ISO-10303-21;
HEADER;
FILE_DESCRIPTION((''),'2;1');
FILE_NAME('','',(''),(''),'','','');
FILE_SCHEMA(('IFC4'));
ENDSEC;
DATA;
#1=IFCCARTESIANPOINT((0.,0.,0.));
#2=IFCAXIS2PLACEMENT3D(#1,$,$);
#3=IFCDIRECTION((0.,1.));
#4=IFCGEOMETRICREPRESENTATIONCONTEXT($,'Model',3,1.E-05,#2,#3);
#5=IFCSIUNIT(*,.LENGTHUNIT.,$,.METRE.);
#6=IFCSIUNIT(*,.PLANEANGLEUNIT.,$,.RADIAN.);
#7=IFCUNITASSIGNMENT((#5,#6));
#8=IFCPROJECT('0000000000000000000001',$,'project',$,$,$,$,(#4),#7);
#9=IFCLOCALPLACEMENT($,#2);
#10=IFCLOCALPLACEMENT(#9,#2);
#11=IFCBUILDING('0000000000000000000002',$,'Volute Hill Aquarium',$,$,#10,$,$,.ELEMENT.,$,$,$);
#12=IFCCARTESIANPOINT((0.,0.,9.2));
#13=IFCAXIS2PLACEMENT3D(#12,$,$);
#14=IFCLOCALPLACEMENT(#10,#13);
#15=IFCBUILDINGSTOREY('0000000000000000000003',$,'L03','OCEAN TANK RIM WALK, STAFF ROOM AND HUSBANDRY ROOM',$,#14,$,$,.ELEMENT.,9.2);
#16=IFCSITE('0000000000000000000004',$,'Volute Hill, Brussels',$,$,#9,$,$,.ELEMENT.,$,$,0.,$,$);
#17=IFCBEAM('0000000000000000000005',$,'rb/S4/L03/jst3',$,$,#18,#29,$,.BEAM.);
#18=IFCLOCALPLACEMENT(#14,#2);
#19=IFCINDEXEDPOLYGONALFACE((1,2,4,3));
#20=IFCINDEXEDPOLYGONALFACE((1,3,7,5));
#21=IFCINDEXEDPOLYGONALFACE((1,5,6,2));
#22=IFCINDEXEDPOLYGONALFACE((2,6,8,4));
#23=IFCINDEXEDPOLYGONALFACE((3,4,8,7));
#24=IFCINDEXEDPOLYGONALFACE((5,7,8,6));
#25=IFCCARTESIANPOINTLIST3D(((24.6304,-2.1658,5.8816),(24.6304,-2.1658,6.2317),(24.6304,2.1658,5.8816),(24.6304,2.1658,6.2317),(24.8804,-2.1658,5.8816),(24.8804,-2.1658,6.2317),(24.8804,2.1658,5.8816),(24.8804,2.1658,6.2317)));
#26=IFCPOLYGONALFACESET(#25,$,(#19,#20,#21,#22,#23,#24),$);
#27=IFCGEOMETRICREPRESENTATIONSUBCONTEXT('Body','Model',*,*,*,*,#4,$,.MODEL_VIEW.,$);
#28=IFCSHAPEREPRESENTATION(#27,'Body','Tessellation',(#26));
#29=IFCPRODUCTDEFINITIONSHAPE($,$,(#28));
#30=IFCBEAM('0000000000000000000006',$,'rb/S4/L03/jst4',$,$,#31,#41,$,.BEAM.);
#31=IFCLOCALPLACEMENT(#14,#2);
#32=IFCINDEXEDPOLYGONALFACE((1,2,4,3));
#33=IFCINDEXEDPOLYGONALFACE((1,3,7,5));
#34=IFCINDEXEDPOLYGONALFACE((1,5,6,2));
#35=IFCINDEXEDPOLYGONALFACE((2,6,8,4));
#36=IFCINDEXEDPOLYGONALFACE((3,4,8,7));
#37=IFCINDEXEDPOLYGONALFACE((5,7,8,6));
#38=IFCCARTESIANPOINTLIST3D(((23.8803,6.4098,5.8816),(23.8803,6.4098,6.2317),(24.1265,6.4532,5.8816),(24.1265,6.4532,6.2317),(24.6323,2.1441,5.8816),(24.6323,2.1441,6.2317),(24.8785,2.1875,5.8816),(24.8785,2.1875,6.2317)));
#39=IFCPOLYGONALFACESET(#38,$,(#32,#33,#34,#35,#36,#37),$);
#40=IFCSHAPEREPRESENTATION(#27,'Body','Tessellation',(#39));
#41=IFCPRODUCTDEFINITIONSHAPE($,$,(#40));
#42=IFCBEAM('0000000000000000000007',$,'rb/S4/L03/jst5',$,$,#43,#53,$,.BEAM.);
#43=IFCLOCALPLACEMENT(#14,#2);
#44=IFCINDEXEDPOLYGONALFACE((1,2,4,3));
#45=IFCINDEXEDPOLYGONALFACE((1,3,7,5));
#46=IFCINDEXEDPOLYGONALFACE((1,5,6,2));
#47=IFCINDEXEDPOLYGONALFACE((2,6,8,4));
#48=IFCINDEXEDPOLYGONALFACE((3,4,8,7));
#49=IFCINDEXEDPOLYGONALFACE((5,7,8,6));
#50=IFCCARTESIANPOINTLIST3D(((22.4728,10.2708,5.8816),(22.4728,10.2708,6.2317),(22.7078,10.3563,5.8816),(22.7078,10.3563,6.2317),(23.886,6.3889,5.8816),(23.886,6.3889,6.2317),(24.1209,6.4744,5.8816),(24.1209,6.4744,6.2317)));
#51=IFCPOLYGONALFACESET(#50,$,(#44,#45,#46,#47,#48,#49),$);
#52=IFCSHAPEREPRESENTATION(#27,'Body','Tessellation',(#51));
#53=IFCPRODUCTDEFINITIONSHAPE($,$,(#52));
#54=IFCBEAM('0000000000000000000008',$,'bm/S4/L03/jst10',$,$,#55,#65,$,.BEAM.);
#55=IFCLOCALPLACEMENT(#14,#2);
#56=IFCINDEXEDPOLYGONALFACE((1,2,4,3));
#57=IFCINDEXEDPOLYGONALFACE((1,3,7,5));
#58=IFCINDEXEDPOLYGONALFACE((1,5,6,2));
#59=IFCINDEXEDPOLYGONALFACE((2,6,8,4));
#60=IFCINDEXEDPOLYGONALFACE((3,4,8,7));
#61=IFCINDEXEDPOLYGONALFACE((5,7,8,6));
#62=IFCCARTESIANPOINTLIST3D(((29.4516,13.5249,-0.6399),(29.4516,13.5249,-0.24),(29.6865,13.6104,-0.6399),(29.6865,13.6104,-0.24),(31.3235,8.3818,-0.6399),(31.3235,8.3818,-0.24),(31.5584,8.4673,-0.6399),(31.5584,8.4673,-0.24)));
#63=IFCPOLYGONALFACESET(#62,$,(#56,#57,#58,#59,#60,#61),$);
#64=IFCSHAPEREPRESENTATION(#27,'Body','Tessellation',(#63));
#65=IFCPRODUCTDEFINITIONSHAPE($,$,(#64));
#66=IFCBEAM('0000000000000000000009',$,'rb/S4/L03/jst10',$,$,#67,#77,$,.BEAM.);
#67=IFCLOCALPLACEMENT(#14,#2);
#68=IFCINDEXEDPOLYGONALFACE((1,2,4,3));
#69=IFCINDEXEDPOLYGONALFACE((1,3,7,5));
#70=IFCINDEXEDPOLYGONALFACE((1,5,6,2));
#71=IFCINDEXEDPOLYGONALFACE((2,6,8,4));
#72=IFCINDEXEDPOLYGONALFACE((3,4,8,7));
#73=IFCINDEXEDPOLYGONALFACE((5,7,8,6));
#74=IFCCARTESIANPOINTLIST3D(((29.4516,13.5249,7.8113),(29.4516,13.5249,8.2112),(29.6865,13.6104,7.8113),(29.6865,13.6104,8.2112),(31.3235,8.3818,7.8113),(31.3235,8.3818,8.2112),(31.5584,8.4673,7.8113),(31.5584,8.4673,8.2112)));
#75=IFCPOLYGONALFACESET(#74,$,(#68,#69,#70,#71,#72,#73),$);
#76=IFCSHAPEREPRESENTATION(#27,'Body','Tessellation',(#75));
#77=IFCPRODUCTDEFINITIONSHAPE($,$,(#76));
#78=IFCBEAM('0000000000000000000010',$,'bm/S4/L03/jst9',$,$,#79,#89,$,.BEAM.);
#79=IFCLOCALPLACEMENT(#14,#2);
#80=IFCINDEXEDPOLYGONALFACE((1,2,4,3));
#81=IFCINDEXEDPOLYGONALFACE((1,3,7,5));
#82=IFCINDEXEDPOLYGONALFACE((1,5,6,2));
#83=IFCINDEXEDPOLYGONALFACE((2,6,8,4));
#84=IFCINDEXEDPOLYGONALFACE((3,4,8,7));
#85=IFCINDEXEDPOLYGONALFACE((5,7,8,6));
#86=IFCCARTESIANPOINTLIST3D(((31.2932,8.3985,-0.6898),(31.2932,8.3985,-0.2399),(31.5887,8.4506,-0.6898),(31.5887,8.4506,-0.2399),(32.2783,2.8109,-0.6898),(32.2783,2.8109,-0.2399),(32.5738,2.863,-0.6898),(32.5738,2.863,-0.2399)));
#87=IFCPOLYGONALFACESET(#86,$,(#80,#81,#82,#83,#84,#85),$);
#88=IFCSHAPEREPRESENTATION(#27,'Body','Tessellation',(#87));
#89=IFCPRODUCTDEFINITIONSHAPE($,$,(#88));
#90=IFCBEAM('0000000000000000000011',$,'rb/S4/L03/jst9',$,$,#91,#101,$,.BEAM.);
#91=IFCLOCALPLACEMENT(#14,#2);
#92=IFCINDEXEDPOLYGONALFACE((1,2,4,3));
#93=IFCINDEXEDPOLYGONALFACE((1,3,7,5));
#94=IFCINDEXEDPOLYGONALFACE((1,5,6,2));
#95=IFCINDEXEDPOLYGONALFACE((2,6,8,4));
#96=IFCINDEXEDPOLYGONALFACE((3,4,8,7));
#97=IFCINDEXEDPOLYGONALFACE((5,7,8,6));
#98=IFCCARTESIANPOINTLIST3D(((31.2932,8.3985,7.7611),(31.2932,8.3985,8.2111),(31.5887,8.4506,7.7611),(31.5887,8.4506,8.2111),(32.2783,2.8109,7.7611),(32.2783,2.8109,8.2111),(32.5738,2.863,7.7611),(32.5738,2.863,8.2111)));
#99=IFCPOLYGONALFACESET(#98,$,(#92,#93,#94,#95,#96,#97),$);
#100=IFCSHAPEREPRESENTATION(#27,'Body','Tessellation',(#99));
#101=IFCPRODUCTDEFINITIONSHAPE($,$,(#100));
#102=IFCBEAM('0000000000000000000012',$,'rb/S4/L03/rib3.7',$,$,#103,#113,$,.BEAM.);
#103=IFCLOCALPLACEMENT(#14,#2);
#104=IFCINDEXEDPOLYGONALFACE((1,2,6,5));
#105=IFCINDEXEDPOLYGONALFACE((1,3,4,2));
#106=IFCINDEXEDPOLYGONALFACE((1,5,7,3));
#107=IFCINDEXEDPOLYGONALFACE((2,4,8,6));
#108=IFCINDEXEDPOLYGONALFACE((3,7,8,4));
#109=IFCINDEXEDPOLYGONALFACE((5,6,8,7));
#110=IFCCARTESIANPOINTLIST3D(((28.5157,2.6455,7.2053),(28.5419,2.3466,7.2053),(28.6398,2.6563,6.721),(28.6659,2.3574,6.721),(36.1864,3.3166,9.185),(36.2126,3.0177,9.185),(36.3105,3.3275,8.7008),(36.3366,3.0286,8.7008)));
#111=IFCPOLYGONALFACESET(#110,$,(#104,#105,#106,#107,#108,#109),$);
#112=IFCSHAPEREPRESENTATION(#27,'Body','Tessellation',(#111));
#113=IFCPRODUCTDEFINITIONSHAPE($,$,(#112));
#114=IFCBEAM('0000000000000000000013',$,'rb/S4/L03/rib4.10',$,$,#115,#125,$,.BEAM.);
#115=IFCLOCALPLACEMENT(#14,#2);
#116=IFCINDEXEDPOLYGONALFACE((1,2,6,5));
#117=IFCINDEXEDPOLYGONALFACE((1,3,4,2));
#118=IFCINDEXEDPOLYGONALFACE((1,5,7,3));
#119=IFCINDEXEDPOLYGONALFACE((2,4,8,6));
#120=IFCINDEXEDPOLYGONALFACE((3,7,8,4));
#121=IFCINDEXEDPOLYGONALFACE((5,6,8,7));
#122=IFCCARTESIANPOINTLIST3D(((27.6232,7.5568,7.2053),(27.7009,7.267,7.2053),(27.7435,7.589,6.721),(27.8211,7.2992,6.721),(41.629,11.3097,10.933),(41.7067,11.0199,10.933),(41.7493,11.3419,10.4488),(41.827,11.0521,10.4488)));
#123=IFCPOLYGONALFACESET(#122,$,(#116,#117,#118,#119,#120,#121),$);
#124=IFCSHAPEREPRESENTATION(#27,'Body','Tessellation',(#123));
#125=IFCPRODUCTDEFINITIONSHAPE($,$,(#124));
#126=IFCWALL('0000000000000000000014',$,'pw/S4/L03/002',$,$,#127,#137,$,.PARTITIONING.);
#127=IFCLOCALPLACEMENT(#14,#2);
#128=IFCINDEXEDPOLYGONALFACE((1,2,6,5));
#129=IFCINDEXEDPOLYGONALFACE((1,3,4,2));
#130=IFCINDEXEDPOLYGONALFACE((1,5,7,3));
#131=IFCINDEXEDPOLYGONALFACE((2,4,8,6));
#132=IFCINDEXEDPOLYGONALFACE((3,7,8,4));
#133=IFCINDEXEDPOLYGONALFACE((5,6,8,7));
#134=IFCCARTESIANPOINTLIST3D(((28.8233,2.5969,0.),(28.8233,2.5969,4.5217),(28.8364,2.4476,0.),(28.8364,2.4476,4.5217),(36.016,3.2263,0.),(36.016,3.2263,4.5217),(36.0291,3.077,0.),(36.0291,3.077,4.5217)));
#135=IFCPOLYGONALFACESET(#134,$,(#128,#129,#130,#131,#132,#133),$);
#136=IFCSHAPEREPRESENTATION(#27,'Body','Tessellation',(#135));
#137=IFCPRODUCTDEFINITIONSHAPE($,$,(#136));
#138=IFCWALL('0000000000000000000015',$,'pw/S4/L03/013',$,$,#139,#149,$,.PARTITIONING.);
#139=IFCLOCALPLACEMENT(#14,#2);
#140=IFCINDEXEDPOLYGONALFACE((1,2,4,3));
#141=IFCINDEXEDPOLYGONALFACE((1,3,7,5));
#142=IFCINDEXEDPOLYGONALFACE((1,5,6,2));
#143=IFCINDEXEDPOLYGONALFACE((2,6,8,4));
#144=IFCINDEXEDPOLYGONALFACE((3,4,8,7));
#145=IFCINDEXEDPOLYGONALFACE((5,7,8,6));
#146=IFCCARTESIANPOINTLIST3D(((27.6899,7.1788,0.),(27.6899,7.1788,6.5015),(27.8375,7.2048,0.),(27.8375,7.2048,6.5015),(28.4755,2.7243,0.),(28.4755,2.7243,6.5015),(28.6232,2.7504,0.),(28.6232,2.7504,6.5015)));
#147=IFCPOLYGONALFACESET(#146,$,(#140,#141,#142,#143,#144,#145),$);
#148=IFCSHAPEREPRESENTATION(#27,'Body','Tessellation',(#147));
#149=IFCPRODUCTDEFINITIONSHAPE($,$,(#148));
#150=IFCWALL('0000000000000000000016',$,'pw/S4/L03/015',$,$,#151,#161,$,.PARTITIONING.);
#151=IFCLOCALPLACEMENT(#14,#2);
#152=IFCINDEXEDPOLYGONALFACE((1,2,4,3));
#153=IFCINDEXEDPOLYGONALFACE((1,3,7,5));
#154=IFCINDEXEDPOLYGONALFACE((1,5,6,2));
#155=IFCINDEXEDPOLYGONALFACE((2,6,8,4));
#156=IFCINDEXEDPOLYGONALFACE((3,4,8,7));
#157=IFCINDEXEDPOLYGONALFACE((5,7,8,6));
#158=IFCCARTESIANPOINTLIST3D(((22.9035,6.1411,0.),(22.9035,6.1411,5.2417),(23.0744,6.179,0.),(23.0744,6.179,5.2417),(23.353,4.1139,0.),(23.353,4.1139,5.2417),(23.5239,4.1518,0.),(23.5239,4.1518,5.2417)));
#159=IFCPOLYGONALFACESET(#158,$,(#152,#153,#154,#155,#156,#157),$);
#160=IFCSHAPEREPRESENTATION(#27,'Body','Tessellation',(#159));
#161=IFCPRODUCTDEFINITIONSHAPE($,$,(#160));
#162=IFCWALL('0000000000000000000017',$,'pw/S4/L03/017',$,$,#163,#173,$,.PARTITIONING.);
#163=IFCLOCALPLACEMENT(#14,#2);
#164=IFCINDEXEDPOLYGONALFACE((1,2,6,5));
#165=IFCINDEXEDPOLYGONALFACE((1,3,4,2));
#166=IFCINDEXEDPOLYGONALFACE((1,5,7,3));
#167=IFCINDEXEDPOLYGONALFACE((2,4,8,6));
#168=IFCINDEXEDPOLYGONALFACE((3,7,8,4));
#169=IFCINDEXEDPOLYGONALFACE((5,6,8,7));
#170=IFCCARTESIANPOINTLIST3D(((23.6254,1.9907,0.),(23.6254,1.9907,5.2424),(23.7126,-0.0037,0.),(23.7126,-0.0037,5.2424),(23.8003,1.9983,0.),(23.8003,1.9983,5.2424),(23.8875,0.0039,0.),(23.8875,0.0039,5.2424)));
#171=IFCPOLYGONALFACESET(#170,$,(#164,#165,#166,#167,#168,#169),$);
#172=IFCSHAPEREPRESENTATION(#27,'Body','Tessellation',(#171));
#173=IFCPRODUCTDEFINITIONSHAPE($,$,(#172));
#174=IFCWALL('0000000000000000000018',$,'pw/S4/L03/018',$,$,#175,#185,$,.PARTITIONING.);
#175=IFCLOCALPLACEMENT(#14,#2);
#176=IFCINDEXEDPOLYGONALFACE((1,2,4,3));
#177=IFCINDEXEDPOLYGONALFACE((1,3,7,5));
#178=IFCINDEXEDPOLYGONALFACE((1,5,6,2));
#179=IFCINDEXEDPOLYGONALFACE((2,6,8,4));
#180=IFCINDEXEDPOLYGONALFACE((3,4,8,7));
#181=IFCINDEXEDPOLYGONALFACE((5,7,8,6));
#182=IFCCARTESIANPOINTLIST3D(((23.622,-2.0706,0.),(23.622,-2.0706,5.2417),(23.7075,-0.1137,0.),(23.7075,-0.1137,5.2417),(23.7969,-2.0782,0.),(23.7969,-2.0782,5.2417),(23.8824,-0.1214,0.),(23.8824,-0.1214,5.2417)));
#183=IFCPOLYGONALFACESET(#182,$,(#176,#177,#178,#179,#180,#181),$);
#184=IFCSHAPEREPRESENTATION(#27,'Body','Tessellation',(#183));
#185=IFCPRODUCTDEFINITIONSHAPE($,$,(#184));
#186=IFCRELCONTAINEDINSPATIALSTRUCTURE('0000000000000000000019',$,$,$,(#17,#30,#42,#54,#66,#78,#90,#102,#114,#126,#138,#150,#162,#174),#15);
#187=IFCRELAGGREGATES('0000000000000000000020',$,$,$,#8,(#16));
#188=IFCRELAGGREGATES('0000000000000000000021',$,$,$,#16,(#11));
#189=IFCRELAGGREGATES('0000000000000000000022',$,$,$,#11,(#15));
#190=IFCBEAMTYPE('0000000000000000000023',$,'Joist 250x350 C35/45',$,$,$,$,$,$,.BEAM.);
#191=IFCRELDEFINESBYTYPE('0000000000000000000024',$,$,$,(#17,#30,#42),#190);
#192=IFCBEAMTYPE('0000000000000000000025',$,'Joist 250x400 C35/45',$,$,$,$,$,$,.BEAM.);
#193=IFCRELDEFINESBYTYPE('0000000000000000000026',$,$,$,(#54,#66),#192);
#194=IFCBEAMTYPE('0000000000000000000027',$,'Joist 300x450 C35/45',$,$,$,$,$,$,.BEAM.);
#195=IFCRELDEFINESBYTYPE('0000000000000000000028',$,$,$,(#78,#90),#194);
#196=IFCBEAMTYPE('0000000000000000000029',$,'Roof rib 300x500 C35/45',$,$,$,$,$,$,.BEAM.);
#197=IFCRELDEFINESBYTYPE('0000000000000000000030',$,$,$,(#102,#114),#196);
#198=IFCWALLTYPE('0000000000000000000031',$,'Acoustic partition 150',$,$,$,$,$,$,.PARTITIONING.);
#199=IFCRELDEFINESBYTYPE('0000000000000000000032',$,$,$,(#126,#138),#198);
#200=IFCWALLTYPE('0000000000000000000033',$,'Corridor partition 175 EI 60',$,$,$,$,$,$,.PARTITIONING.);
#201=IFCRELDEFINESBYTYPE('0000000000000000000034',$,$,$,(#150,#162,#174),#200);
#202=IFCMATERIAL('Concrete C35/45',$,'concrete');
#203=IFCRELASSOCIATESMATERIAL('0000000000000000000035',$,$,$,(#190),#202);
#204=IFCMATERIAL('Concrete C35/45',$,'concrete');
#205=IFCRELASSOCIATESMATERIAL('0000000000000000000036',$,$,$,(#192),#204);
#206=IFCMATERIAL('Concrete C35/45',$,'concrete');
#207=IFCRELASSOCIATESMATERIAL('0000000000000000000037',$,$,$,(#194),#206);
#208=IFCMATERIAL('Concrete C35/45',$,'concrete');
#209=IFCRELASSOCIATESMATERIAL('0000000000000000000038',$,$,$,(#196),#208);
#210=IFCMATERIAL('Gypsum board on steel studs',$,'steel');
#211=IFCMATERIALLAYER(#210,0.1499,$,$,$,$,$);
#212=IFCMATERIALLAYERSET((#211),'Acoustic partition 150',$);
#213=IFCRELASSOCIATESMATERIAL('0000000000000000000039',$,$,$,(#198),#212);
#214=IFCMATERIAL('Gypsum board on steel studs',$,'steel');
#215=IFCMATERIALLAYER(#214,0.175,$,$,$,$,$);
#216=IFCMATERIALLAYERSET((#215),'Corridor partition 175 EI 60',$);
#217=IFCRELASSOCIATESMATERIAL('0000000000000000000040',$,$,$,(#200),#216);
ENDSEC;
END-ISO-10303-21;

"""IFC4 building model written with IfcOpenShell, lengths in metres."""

from ifc_helpers import new_model, si_unit, direction, frame, frame_2d, origin, origin_2d, place, context, subcontext, project, spatial, rectangle, extrude, material, layer, layer_set, material_profile, profile_set, type_object, element, save


model = new_model("IFC4")

# Units and contexts
model_context = context("Model", 3, precision=1e-05, world=origin(), true_north=direction((0.0, 1.0)))
body_context = subcontext(model_context, "Body", "Model", "MODEL_VIEW")
ifc_project = project(units=[si_unit("LENGTHUNIT", "METRE"), si_unit("PLANEANGLEUNIT", "RADIAN")], contexts=[model_context])

# Site, building, storey
site_placement = place(None, origin())
site = spatial("IfcSite", under=ifc_project, at=site_placement, Name="Volute Hill, Brussels", CompositionType="ELEMENT", RefElevation=0.0)
building_placement = place(site_placement, origin())
building = spatial("IfcBuilding", under=site, at=building_placement, Name="Volute Hill Aquarium", CompositionType="ELEMENT")
storey_placement = place(building_placement, frame((0.0, 0.0, 9.2)))
storey = spatial("IfcBuildingStorey", under=building, at=storey_placement, Name="L03", Description="OCEAN TANK RIM WALK, STAFF ROOM AND HUSBANDRY ROOM", CompositionType="ELEMENT", Elevation=9.2)

# Beams
ifc_material_1 = material(Name="Concrete C35/45", Category="concrete")
ifc_material_profile_1 = material_profile(ifc_material_1, rectangle(XDim=0.25, YDim=0.3501, at=origin_2d()), Name="RC joist 250x350")
ifc_profile_set_1 = profile_set([ifc_material_profile_1], Name="Concrete C35/45")
beam_type_1 = type_object("IfcBeamType", Name="Joist 250x350 C35/45", PredefinedType="BEAM", material=ifc_profile_set_1)
for number, where, z_axis, x_axis, name in (
    (1, (24.7554, -2.1658, 6.0566), (0.0, 1.0, 0.0), (-1.0, 0.0, 0.0), "rb/S4/L03/jst3"),
    (2, (24.7554, 2.1658, 6.0566), (-0.173596, 0.984817, 0.0), (-0.984817, -0.173596, 0.0), "rb/S4/L03/jst4"),
):
    element("IfcBeam", number, at=place(storey_placement, frame(where, z_axis=z_axis, x_axis=x_axis)), inside=storey, type_object=beam_type_1, Name=name, PredefinedType="BEAM", context=body_context, shape_type="SweptSolid", body=[
        extrude(rectangle(XDim=0.25, YDim=0.3501, at=origin_2d()), origin(), (0.0, 0.0, 1.0), 4.3315),
    ])
beam_1_placement = place(storey_placement, frame((24.0034, 6.4316, 6.0566), z_axis=(-0.342066, 0.939676, 0.0), x_axis=(-0.939676, -0.342066, 0.0)))
element("IfcBeam", 3, at=beam_1_placement, inside=storey, type_object=beam_type_1, Name="rb/S4/L03/jst5", PredefinedType="BEAM", context=body_context, shape_type="SweptSolid", body=[
    extrude(rectangle(XDim=0.25, YDim=0.3501, at=origin_2d()), origin(), (0.0, 0.0, 1.0), 4.1311),
])
ifc_material_2 = material(Name="Concrete C35/45", Category="concrete")
ifc_material_profile_2 = material_profile(ifc_material_2, rectangle(XDim=0.25, YDim=0.3999, at=origin_2d()), Name="RC joist 250x400")
ifc_profile_set_2 = profile_set([ifc_material_profile_2], Name="Concrete C35/45")
beam_type_2 = type_object("IfcBeamType", Name="Joist 250x400 C35/45", PredefinedType="BEAM", material=ifc_profile_set_2)
for number, where, z_axis, x_axis, name in (
    (4, (31.4409, 8.4246, -0.4399), (-0.342005, 0.939698, 0.0), (-0.939698, -0.342005, 0.0), "bm/S4/L03/jst10"),
    (5, (31.4409, 8.4246, 8.0112), (-0.342005, 0.939698, 0.0), (-0.939698, -0.342005, 0.0), "rb/S4/L03/jst10"),
):
    element("IfcBeam", number, at=place(storey_placement, frame(where, z_axis=z_axis, x_axis=x_axis)), inside=storey, type_object=beam_type_2, Name=name, PredefinedType="BEAM", context=body_context, shape_type="SweptSolid", body=[
        extrude(rectangle(XDim=0.25, YDim=0.3999, at=origin_2d()), origin(), (0.0, 0.0, 1.0), 5.4731),
    ])
ifc_material_3 = material(Name="Concrete C35/45", Category="concrete")
ifc_material_profile_3 = material_profile(ifc_material_3, rectangle(XDim=0.3, YDim=0.45, at=origin_2d()), Name="RC joist 300x450")
ifc_profile_set_3 = profile_set([ifc_material_profile_3], Name="Concrete C35/45")
beam_type_3 = type_object("IfcBeamType", Name="Joist 300x450 C35/45", PredefinedType="BEAM", material=ifc_profile_set_3)
for number, where, z_axis, x_axis, name in (
    (6, (32.426, 2.8369, -0.4648), (-0.173623, 0.984812, 0.0), (-0.984812, -0.173623, 0.0), "bm/S4/L03/jst9"),
    (7, (32.426, 2.8369, 7.9861), (-0.173623, 0.984812, 0.0), (-0.984812, -0.173623, 0.0), "rb/S4/L03/jst9"),
):
    element("IfcBeam", number, at=place(storey_placement, frame(where, z_axis=z_axis, x_axis=x_axis)), inside=storey, type_object=beam_type_3, Name=name, PredefinedType="BEAM", context=body_context, shape_type="SweptSolid", body=[
        extrude(rectangle(XDim=0.3, YDim=0.45, at=origin_2d()), origin(), (0.0, 0.0, 1.0), 5.6738),
    ])
ifc_material_4 = material(Name="Concrete C35/45", Category="concrete")
ifc_material_profile_4 = material_profile(ifc_material_4, rectangle(XDim=0.3, YDim=0.5, at=origin_2d()), Name="RC rib 300x500")
ifc_profile_set_4 = profile_set([ifc_material_profile_4], Name="Concrete C35/45")
beam_type_4 = type_object("IfcBeamType", Name="Roof rib 300x500 C35/45", PredefinedType="BEAM", material=ifc_profile_set_4)
beam_2_placement = place(storey_placement, frame((28.5908, 2.5015, 6.9631), z_axis=(0.964815, 0.084416, 0.249011), x_axis=(-0.087162, 0.996194, 0.0)))
element("IfcBeam", 8, at=beam_2_placement, inside=storey, type_object=beam_type_4, Name="rb/S4/L03/rib3.7", PredefinedType="BEAM", context=body_context, shape_type="SweptSolid", body=[
    extrude(rectangle(XDim=0.3, YDim=0.5, at=origin_2d()), origin(), (0.0, 0.0, 1.0), 7.9504),
])
beam_3_placement = place(storey_placement, frame((27.7222, 7.428, 6.9631), z_axis=(0.935503, 0.250672, 0.248992), x_axis=(-0.258824, 0.965925, 0.0)))
element("IfcBeam", 9, at=beam_3_placement, inside=storey, type_object=beam_type_4, Name="rb/S4/L03/rib4.10", PredefinedType="BEAM", context=body_context, shape_type="SweptSolid", body=[
    extrude(rectangle(XDim=0.3, YDim=0.5, at=origin_2d()), origin(), (0.0, 0.0, 1.0), 14.9714),
])

# Walls
ifc_material_5 = material(Name="Gypsum board on steel studs", Category="steel")
ifc_layer_1 = layer(ifc_material_5, 0.1499)
ifc_layer_set_1 = layer_set([ifc_layer_1], Name="Acoustic partition 150")
wall_type_1 = type_object("IfcWallType", Name="Acoustic partition 150", PredefinedType="PARTITIONING", material=ifc_layer_set_1)
wall_1_placement = place(storey_placement, frame((28.8298, 2.5222, 0.0), z_axis=(0.0, 0.0, 1.0), x_axis=(0.996193, 0.087172, 0.0)))
element("IfcWall", 10, at=wall_1_placement, inside=storey, type_object=wall_type_1, Name="pw/S4/L03/002", PredefinedType="PARTITIONING", context=body_context, shape_type="SweptSolid", body=[
    extrude(rectangle(XDim=7.2202, YDim=0.1499, at=frame_2d((3.6101, 0.0))), origin(), (0.0, 0.0, 1.0), 4.5217),
])
wall_2_placement = place(storey_placement, frame((27.7637, 7.1919, 0.0), z_axis=(0.0, 0.0, 1.0), x_axis=(0.173696, -0.984799, 0.0)))
element("IfcWall", 11, at=wall_2_placement, inside=storey, type_object=wall_type_1, Name="pw/S4/L03/013", PredefinedType="PARTITIONING", context=body_context, shape_type="SweptSolid", body=[
    extrude(rectangle(XDim=4.5232, YDim=0.1499, at=frame_2d((2.2617, 0.0))), origin(), (0.0, 0.0, 1.0), 6.5015),
])
ifc_material_6 = material(Name="Gypsum board on steel studs", Category="steel")
ifc_layer_2 = layer(ifc_material_6, 0.175)
ifc_layer_set_2 = layer_set([ifc_layer_2], Name="Corridor partition 175 EI 60")
wall_type_2 = type_object("IfcWallType", Name="Corridor partition 175 EI 60", PredefinedType="PARTITIONING", material=ifc_layer_set_2)
wall_3_placement = place(storey_placement, frame((22.989, 6.1599, 0.0), z_axis=(0.0, 0.0, 1.0), x_axis=(0.21647, -0.976289, 0.0)))
element("IfcWall", 12, at=wall_3_placement, inside=storey, type_object=wall_type_2, Name="pw/S4/L03/015", PredefinedType="PARTITIONING", context=body_context, shape_type="SweptSolid", body=[
    extrude(rectangle(XDim=2.0764, YDim=0.175, at=frame_2d((1.0381, 0.0))), origin(), (0.0, 0.0, 1.0), 5.2417),
])
wall_4_placement = place(storey_placement, frame((23.7129, 1.9944, 0.0), z_axis=(0.0, 0.0, 1.0), x_axis=(0.04366, -0.999046, 0.0)))
element("IfcWall", 13, at=wall_4_placement, inside=storey, type_object=wall_type_2, Name="pw/S4/L03/017", PredefinedType="PARTITIONING", context=body_context, shape_type="SweptSolid", body=[
    extrude(rectangle(XDim=1.9963, YDim=0.175, at=frame_2d((0.998, 0.0))), origin(), (0.0, 0.0, 1.0), 5.2424),
])
wall_5_placement = place(storey_placement, frame((23.7949, -0.1174, 0.0), z_axis=(0.0, 0.0, 1.0), x_axis=(-0.043627, -0.999048, 0.0)))
element("IfcWall", 14, at=wall_5_placement, inside=storey, type_object=wall_type_2, Name="pw/S4/L03/018", PredefinedType="PARTITIONING", context=body_context, shape_type="SweptSolid", body=[
    extrude(rectangle(XDim=1.9587, YDim=0.175, at=frame_2d((0.9795, 0.0))), origin(), (0.0, 0.0, 1.0), 5.2417),
])

save(model, "model.ifc")
